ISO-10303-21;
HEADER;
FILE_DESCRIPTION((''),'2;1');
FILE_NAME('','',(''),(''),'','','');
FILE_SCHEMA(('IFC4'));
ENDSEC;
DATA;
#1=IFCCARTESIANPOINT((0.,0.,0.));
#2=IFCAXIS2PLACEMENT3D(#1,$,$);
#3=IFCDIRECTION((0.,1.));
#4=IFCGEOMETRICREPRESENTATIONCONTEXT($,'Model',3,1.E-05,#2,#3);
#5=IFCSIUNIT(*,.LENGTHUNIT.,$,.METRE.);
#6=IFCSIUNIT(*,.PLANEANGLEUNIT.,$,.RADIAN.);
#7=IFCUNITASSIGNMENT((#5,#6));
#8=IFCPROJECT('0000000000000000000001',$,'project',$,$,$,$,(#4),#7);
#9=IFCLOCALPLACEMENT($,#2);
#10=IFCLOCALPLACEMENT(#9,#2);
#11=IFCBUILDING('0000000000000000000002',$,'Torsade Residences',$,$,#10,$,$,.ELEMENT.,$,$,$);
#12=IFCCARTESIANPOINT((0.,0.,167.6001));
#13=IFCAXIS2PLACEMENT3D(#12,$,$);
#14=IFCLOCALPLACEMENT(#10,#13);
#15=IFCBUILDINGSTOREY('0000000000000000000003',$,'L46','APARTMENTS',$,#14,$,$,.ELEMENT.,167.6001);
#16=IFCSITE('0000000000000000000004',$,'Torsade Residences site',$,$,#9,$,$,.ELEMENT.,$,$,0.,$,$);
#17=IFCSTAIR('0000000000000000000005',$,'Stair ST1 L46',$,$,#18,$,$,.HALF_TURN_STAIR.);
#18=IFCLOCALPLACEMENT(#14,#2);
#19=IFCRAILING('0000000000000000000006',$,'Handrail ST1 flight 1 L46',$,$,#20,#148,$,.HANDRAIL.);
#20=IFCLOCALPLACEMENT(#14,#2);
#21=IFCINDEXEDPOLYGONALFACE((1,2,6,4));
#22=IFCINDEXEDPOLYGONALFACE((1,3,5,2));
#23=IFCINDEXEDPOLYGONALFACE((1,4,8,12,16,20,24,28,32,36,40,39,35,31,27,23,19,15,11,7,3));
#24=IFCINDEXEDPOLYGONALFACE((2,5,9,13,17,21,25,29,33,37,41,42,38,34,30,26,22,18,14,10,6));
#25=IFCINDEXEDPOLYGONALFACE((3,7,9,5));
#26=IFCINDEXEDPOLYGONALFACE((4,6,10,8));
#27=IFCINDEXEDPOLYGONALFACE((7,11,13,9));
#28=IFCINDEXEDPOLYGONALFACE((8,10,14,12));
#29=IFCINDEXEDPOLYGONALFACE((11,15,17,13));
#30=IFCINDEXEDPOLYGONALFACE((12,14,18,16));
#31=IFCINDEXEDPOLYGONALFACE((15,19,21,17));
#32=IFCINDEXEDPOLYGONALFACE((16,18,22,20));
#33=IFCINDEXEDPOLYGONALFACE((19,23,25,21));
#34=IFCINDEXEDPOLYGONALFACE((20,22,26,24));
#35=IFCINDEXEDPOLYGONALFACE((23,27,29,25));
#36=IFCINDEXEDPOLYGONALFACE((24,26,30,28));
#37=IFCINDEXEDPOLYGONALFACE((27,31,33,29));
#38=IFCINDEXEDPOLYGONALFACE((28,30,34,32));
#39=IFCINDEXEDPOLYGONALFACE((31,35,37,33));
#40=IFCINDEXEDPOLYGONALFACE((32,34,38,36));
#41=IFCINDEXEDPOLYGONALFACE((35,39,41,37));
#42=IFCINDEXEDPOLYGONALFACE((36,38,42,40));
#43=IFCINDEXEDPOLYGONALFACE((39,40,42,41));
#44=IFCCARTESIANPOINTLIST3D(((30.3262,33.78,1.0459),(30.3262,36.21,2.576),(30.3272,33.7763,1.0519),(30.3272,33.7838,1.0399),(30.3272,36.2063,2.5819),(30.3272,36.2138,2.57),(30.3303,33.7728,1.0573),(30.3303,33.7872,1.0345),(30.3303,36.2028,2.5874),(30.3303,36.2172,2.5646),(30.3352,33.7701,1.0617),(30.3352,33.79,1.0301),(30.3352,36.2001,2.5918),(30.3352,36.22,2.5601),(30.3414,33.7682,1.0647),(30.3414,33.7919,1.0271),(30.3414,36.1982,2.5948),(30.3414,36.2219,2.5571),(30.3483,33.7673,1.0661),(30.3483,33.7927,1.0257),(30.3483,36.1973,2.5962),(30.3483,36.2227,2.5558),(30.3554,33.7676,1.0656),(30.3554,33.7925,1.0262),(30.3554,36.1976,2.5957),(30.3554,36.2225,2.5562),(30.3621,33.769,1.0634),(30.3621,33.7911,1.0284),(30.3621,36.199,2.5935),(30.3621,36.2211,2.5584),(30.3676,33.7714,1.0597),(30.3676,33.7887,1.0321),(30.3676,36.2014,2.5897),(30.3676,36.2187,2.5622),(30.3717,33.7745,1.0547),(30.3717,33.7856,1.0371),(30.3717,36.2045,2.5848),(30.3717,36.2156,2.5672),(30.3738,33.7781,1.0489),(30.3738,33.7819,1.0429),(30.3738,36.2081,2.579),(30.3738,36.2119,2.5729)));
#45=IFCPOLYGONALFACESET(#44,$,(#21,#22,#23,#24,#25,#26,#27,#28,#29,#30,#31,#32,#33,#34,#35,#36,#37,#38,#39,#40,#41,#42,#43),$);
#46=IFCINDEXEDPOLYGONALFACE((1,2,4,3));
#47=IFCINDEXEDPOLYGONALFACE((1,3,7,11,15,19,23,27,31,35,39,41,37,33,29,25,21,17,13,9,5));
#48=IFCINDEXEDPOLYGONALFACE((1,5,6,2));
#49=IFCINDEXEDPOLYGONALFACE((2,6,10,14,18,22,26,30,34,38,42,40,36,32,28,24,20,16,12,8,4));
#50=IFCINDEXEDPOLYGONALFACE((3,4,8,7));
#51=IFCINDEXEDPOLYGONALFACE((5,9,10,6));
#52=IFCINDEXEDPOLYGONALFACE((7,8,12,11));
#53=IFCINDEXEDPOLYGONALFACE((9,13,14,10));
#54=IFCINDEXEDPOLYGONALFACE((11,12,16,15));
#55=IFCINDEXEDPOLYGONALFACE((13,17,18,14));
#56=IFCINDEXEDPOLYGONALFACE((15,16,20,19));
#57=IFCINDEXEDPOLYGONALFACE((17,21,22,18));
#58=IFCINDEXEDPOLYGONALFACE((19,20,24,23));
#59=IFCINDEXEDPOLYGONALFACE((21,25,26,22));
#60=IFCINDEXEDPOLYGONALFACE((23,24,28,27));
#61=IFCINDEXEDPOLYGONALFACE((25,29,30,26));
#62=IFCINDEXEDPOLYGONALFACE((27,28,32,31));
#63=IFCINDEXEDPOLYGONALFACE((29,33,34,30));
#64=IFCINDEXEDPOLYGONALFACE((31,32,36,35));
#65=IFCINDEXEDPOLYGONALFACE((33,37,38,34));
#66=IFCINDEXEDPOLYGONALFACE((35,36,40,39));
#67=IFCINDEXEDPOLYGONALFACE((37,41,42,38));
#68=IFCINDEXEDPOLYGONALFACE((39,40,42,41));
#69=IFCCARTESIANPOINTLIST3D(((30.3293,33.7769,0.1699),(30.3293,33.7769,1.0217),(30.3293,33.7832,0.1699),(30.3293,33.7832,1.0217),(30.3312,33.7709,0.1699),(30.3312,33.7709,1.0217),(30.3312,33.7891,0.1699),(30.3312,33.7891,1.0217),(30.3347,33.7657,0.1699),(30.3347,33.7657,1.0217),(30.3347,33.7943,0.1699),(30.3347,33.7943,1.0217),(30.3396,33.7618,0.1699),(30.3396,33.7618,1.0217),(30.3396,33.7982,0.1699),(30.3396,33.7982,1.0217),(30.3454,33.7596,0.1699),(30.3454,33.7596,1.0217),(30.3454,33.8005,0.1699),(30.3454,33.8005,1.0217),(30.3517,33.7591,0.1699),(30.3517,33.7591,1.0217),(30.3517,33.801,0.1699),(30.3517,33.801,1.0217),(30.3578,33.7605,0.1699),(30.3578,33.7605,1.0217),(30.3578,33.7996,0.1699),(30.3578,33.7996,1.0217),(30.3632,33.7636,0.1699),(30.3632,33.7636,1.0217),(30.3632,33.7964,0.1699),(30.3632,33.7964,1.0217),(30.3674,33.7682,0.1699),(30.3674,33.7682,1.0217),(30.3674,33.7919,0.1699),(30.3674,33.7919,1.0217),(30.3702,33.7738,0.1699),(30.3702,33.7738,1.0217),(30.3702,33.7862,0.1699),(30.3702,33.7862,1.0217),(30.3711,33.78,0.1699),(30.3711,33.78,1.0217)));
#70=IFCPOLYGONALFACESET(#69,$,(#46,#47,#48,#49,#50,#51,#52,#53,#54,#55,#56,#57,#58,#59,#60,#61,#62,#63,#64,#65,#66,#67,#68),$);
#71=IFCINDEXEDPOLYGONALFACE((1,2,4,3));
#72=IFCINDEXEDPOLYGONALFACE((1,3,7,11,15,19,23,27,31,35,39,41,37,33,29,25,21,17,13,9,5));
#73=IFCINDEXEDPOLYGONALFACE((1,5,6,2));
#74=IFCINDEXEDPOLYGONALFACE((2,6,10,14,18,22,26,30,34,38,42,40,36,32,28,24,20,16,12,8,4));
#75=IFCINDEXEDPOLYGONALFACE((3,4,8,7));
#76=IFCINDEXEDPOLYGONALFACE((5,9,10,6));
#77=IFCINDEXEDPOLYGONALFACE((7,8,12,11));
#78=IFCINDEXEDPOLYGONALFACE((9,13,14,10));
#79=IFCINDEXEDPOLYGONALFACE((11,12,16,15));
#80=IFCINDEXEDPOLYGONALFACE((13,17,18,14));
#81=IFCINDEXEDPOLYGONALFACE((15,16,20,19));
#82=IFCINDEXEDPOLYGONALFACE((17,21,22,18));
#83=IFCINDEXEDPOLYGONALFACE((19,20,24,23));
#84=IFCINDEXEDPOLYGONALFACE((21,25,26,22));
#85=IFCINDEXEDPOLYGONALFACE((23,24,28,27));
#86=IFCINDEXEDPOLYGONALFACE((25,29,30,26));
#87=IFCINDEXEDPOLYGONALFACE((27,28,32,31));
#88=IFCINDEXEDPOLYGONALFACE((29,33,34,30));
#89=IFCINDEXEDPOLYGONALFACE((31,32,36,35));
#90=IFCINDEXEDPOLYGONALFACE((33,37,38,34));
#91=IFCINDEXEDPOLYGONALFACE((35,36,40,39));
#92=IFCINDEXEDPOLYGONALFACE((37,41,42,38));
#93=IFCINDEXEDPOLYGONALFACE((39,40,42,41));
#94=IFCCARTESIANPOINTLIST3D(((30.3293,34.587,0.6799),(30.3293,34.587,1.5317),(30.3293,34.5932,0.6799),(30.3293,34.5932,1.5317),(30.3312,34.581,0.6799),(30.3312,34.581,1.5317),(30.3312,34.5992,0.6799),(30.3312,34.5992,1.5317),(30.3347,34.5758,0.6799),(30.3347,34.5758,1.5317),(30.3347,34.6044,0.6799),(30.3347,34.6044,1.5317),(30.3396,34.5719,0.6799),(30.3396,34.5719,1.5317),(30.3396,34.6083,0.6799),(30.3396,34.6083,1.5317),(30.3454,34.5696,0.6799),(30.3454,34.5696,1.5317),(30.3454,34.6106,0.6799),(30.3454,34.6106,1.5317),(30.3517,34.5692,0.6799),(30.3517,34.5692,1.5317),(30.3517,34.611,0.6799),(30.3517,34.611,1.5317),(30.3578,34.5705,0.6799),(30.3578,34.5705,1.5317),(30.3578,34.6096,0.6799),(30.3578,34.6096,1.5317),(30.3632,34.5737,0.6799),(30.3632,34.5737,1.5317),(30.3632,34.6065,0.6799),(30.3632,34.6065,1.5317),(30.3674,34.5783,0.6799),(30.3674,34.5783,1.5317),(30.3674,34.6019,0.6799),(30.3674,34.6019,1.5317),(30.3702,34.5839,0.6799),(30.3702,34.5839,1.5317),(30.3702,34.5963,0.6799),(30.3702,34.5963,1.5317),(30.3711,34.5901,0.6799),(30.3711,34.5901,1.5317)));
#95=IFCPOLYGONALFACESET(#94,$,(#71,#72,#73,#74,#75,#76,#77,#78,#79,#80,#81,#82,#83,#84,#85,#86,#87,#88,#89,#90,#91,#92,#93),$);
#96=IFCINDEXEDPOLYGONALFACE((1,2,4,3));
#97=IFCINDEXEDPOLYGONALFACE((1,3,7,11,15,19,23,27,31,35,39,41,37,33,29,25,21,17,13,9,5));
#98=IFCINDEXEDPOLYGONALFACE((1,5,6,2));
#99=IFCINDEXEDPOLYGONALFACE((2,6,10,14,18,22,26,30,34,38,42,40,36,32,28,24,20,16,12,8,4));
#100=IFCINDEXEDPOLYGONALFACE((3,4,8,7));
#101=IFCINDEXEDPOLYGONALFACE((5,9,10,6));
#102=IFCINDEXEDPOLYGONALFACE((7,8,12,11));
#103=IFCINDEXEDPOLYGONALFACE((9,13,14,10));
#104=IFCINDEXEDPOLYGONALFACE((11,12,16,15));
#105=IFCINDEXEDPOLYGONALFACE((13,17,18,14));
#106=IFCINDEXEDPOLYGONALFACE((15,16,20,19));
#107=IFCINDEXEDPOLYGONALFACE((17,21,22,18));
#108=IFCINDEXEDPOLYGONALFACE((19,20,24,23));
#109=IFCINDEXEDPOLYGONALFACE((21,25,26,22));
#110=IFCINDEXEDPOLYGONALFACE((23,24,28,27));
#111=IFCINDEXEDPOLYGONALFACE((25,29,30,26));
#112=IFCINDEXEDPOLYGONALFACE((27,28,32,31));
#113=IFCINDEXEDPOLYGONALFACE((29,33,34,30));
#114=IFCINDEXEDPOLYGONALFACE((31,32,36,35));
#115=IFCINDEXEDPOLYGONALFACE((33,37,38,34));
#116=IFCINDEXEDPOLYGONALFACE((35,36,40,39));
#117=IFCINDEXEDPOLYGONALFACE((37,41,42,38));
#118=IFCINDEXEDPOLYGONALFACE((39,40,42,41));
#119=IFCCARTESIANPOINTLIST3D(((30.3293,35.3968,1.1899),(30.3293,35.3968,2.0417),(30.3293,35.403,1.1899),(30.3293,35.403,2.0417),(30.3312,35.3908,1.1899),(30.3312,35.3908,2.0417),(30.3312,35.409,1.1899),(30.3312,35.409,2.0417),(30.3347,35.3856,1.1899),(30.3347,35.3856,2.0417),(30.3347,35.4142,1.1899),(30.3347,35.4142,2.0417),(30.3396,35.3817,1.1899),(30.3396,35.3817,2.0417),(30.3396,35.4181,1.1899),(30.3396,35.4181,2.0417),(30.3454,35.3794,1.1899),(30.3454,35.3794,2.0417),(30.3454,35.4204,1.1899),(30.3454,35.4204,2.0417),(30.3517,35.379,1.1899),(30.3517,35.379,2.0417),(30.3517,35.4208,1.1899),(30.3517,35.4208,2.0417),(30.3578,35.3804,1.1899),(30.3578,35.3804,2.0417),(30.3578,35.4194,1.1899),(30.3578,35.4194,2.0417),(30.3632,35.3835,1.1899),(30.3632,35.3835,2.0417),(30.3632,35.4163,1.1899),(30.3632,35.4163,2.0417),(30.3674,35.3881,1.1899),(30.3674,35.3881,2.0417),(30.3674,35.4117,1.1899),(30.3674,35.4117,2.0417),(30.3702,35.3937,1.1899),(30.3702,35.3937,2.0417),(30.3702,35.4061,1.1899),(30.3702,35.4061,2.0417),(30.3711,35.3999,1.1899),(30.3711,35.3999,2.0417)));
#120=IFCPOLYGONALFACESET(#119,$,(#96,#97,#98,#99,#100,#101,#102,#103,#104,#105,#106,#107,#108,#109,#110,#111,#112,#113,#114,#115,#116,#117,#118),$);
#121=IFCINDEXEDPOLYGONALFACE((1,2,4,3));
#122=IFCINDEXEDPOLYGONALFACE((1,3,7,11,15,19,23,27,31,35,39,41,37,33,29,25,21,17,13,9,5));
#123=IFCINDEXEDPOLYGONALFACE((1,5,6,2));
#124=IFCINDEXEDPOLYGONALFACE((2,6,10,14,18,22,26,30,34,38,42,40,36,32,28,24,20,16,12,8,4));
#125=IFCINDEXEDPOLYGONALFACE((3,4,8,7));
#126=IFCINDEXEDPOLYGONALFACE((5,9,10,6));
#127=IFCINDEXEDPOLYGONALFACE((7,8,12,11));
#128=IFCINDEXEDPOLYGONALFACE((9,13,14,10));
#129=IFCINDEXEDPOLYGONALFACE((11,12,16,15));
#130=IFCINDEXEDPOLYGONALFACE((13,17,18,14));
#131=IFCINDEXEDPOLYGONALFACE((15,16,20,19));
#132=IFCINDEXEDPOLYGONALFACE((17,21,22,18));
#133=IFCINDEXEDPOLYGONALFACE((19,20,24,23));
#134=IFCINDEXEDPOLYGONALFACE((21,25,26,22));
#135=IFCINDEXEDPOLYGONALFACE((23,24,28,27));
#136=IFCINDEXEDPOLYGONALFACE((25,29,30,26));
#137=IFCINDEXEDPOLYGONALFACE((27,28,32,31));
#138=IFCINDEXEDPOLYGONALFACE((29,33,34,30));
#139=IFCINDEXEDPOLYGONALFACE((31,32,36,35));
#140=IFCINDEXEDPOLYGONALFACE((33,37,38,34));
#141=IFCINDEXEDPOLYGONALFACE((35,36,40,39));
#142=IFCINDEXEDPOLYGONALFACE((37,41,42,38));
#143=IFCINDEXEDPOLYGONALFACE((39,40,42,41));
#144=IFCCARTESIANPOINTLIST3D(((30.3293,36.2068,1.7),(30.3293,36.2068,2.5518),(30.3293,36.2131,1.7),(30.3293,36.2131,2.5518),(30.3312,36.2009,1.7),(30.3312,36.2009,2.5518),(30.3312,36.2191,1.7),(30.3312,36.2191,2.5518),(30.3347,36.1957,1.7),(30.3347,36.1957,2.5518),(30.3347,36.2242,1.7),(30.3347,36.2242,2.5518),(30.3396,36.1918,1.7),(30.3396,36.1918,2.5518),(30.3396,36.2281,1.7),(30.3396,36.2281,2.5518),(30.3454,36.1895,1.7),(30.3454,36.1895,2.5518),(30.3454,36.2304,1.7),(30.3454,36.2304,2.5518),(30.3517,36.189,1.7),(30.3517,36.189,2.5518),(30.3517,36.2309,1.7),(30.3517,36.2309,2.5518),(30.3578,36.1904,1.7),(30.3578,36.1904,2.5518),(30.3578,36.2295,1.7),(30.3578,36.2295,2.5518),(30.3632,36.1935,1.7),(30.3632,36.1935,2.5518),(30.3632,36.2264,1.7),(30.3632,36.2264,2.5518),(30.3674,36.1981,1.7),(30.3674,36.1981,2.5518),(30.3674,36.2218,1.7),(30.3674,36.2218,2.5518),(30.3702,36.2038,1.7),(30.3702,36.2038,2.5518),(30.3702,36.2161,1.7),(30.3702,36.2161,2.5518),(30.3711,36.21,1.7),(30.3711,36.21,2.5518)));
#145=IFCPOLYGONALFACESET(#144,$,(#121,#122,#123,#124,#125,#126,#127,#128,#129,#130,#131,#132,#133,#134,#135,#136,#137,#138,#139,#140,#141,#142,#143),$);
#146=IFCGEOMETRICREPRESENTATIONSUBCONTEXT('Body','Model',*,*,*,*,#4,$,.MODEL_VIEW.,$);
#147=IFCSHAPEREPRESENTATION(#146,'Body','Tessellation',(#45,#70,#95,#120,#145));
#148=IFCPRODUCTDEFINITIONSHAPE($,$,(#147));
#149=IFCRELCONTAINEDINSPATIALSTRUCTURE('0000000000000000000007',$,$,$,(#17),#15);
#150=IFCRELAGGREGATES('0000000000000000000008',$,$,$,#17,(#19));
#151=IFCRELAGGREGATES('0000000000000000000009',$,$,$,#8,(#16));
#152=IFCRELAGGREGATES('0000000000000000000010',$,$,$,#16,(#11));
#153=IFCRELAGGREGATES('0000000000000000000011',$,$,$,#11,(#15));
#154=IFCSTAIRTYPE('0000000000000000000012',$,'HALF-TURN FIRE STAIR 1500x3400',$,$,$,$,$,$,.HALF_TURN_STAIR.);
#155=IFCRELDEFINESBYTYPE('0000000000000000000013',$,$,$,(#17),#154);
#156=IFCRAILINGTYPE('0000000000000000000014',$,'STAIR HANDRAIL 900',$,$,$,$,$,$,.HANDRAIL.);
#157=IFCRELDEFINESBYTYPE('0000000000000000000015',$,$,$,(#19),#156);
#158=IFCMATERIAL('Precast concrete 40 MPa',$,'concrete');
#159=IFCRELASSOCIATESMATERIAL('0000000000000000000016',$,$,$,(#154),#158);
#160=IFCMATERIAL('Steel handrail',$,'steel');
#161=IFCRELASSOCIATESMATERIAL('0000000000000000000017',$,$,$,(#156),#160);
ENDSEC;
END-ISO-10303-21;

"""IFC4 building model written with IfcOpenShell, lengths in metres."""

from ifc_helpers import new_model, si_unit, direction, frame, origin, origin_2d, place, context, subcontext, project, spatial, circle, extrude, material, type_object, element, aggregate, save


model = new_model("IFC4")

# Units and contexts
model_context = context("Model", 3, precision=1e-05, world=origin(), true_north=direction((0.0, 1.0)))
body_context = subcontext(model_context, "Body", "Model", "MODEL_VIEW")
ifc_project = project(units=[si_unit("LENGTHUNIT", "METRE"), si_unit("PLANEANGLEUNIT", "RADIAN")], contexts=[model_context])

# Site, building, storey
site_placement = place(None, origin())
site = spatial("IfcSite", under=ifc_project, at=site_placement, Name="Torsade Residences site", CompositionType="ELEMENT", RefElevation=0.0)
building_placement = place(site_placement, origin())
building = spatial("IfcBuilding", under=site, at=building_placement, Name="Torsade Residences", CompositionType="ELEMENT")
storey_placement = place(building_placement, frame((0.0, 0.0, 167.6001)))
storey = spatial("IfcBuildingStorey", under=building, at=storey_placement, Name="L46", Description="APARTMENTS", CompositionType="ELEMENT", Elevation=167.6001)

# Stair, railing
ifc_material_1 = material(Name="Precast concrete 40 MPa", Category="concrete")
stair_type = type_object("IfcStairType", Name="HALF-TURN FIRE STAIR 1500x3400", PredefinedType="HALF_TURN_STAIR", material=ifc_material_1)
stair_placement = place(storey_placement, origin())
stair = element("IfcStair", 1, at=stair_placement, inside=storey, type_object=stair_type, Name="Stair ST1 L46", PredefinedType="HALF_TURN_STAIR")
ifc_material_2 = material(Name="Steel handrail", Category="steel")
railing_type = type_object("IfcRailingType", Name="STAIR HANDRAIL 900", PredefinedType="HANDRAIL", material=ifc_material_2)
railing_1_placement = place(storey_placement, frame((30.3501, 33.78, 0.1699)))
railing_1 = element("IfcRailing", 2, at=railing_1_placement, type_object=railing_type, Name="Handrail ST1 flight 1 L46", PredefinedType="HANDRAIL", context=body_context, shape_type="SweptSolid", body=[
    extrude(circle(Radius=0.0239, at=origin_2d()), frame((0.0, 0.0, 0.876), z_axis=(0.0, 0.846221, 0.532831), x_axis=(-1.0, 0.0, 0.0)), (0.0, 0.0, 1.0), 2.8716),
    extrude(circle(Radius=0.021, at=origin_2d()), origin(), (0.0, 0.0, 1.0), 0.8518),
    extrude(circle(Radius=0.021, at=origin_2d()), frame((0.0, 0.8101, 0.51)), (0.0, 0.0, 1.0), 0.8518),
    extrude(circle(Radius=0.021, at=origin_2d()), frame((0.0, 1.6199, 1.02)), (0.0, 0.0, 1.0), 0.8518),
    extrude(circle(Radius=0.021, at=origin_2d()), frame((0.0, 2.4299, 1.53)), (0.0, 0.0, 1.0), 0.8518),
])
aggregate(stair, [railing_1])

save(model, "model.ifc")
